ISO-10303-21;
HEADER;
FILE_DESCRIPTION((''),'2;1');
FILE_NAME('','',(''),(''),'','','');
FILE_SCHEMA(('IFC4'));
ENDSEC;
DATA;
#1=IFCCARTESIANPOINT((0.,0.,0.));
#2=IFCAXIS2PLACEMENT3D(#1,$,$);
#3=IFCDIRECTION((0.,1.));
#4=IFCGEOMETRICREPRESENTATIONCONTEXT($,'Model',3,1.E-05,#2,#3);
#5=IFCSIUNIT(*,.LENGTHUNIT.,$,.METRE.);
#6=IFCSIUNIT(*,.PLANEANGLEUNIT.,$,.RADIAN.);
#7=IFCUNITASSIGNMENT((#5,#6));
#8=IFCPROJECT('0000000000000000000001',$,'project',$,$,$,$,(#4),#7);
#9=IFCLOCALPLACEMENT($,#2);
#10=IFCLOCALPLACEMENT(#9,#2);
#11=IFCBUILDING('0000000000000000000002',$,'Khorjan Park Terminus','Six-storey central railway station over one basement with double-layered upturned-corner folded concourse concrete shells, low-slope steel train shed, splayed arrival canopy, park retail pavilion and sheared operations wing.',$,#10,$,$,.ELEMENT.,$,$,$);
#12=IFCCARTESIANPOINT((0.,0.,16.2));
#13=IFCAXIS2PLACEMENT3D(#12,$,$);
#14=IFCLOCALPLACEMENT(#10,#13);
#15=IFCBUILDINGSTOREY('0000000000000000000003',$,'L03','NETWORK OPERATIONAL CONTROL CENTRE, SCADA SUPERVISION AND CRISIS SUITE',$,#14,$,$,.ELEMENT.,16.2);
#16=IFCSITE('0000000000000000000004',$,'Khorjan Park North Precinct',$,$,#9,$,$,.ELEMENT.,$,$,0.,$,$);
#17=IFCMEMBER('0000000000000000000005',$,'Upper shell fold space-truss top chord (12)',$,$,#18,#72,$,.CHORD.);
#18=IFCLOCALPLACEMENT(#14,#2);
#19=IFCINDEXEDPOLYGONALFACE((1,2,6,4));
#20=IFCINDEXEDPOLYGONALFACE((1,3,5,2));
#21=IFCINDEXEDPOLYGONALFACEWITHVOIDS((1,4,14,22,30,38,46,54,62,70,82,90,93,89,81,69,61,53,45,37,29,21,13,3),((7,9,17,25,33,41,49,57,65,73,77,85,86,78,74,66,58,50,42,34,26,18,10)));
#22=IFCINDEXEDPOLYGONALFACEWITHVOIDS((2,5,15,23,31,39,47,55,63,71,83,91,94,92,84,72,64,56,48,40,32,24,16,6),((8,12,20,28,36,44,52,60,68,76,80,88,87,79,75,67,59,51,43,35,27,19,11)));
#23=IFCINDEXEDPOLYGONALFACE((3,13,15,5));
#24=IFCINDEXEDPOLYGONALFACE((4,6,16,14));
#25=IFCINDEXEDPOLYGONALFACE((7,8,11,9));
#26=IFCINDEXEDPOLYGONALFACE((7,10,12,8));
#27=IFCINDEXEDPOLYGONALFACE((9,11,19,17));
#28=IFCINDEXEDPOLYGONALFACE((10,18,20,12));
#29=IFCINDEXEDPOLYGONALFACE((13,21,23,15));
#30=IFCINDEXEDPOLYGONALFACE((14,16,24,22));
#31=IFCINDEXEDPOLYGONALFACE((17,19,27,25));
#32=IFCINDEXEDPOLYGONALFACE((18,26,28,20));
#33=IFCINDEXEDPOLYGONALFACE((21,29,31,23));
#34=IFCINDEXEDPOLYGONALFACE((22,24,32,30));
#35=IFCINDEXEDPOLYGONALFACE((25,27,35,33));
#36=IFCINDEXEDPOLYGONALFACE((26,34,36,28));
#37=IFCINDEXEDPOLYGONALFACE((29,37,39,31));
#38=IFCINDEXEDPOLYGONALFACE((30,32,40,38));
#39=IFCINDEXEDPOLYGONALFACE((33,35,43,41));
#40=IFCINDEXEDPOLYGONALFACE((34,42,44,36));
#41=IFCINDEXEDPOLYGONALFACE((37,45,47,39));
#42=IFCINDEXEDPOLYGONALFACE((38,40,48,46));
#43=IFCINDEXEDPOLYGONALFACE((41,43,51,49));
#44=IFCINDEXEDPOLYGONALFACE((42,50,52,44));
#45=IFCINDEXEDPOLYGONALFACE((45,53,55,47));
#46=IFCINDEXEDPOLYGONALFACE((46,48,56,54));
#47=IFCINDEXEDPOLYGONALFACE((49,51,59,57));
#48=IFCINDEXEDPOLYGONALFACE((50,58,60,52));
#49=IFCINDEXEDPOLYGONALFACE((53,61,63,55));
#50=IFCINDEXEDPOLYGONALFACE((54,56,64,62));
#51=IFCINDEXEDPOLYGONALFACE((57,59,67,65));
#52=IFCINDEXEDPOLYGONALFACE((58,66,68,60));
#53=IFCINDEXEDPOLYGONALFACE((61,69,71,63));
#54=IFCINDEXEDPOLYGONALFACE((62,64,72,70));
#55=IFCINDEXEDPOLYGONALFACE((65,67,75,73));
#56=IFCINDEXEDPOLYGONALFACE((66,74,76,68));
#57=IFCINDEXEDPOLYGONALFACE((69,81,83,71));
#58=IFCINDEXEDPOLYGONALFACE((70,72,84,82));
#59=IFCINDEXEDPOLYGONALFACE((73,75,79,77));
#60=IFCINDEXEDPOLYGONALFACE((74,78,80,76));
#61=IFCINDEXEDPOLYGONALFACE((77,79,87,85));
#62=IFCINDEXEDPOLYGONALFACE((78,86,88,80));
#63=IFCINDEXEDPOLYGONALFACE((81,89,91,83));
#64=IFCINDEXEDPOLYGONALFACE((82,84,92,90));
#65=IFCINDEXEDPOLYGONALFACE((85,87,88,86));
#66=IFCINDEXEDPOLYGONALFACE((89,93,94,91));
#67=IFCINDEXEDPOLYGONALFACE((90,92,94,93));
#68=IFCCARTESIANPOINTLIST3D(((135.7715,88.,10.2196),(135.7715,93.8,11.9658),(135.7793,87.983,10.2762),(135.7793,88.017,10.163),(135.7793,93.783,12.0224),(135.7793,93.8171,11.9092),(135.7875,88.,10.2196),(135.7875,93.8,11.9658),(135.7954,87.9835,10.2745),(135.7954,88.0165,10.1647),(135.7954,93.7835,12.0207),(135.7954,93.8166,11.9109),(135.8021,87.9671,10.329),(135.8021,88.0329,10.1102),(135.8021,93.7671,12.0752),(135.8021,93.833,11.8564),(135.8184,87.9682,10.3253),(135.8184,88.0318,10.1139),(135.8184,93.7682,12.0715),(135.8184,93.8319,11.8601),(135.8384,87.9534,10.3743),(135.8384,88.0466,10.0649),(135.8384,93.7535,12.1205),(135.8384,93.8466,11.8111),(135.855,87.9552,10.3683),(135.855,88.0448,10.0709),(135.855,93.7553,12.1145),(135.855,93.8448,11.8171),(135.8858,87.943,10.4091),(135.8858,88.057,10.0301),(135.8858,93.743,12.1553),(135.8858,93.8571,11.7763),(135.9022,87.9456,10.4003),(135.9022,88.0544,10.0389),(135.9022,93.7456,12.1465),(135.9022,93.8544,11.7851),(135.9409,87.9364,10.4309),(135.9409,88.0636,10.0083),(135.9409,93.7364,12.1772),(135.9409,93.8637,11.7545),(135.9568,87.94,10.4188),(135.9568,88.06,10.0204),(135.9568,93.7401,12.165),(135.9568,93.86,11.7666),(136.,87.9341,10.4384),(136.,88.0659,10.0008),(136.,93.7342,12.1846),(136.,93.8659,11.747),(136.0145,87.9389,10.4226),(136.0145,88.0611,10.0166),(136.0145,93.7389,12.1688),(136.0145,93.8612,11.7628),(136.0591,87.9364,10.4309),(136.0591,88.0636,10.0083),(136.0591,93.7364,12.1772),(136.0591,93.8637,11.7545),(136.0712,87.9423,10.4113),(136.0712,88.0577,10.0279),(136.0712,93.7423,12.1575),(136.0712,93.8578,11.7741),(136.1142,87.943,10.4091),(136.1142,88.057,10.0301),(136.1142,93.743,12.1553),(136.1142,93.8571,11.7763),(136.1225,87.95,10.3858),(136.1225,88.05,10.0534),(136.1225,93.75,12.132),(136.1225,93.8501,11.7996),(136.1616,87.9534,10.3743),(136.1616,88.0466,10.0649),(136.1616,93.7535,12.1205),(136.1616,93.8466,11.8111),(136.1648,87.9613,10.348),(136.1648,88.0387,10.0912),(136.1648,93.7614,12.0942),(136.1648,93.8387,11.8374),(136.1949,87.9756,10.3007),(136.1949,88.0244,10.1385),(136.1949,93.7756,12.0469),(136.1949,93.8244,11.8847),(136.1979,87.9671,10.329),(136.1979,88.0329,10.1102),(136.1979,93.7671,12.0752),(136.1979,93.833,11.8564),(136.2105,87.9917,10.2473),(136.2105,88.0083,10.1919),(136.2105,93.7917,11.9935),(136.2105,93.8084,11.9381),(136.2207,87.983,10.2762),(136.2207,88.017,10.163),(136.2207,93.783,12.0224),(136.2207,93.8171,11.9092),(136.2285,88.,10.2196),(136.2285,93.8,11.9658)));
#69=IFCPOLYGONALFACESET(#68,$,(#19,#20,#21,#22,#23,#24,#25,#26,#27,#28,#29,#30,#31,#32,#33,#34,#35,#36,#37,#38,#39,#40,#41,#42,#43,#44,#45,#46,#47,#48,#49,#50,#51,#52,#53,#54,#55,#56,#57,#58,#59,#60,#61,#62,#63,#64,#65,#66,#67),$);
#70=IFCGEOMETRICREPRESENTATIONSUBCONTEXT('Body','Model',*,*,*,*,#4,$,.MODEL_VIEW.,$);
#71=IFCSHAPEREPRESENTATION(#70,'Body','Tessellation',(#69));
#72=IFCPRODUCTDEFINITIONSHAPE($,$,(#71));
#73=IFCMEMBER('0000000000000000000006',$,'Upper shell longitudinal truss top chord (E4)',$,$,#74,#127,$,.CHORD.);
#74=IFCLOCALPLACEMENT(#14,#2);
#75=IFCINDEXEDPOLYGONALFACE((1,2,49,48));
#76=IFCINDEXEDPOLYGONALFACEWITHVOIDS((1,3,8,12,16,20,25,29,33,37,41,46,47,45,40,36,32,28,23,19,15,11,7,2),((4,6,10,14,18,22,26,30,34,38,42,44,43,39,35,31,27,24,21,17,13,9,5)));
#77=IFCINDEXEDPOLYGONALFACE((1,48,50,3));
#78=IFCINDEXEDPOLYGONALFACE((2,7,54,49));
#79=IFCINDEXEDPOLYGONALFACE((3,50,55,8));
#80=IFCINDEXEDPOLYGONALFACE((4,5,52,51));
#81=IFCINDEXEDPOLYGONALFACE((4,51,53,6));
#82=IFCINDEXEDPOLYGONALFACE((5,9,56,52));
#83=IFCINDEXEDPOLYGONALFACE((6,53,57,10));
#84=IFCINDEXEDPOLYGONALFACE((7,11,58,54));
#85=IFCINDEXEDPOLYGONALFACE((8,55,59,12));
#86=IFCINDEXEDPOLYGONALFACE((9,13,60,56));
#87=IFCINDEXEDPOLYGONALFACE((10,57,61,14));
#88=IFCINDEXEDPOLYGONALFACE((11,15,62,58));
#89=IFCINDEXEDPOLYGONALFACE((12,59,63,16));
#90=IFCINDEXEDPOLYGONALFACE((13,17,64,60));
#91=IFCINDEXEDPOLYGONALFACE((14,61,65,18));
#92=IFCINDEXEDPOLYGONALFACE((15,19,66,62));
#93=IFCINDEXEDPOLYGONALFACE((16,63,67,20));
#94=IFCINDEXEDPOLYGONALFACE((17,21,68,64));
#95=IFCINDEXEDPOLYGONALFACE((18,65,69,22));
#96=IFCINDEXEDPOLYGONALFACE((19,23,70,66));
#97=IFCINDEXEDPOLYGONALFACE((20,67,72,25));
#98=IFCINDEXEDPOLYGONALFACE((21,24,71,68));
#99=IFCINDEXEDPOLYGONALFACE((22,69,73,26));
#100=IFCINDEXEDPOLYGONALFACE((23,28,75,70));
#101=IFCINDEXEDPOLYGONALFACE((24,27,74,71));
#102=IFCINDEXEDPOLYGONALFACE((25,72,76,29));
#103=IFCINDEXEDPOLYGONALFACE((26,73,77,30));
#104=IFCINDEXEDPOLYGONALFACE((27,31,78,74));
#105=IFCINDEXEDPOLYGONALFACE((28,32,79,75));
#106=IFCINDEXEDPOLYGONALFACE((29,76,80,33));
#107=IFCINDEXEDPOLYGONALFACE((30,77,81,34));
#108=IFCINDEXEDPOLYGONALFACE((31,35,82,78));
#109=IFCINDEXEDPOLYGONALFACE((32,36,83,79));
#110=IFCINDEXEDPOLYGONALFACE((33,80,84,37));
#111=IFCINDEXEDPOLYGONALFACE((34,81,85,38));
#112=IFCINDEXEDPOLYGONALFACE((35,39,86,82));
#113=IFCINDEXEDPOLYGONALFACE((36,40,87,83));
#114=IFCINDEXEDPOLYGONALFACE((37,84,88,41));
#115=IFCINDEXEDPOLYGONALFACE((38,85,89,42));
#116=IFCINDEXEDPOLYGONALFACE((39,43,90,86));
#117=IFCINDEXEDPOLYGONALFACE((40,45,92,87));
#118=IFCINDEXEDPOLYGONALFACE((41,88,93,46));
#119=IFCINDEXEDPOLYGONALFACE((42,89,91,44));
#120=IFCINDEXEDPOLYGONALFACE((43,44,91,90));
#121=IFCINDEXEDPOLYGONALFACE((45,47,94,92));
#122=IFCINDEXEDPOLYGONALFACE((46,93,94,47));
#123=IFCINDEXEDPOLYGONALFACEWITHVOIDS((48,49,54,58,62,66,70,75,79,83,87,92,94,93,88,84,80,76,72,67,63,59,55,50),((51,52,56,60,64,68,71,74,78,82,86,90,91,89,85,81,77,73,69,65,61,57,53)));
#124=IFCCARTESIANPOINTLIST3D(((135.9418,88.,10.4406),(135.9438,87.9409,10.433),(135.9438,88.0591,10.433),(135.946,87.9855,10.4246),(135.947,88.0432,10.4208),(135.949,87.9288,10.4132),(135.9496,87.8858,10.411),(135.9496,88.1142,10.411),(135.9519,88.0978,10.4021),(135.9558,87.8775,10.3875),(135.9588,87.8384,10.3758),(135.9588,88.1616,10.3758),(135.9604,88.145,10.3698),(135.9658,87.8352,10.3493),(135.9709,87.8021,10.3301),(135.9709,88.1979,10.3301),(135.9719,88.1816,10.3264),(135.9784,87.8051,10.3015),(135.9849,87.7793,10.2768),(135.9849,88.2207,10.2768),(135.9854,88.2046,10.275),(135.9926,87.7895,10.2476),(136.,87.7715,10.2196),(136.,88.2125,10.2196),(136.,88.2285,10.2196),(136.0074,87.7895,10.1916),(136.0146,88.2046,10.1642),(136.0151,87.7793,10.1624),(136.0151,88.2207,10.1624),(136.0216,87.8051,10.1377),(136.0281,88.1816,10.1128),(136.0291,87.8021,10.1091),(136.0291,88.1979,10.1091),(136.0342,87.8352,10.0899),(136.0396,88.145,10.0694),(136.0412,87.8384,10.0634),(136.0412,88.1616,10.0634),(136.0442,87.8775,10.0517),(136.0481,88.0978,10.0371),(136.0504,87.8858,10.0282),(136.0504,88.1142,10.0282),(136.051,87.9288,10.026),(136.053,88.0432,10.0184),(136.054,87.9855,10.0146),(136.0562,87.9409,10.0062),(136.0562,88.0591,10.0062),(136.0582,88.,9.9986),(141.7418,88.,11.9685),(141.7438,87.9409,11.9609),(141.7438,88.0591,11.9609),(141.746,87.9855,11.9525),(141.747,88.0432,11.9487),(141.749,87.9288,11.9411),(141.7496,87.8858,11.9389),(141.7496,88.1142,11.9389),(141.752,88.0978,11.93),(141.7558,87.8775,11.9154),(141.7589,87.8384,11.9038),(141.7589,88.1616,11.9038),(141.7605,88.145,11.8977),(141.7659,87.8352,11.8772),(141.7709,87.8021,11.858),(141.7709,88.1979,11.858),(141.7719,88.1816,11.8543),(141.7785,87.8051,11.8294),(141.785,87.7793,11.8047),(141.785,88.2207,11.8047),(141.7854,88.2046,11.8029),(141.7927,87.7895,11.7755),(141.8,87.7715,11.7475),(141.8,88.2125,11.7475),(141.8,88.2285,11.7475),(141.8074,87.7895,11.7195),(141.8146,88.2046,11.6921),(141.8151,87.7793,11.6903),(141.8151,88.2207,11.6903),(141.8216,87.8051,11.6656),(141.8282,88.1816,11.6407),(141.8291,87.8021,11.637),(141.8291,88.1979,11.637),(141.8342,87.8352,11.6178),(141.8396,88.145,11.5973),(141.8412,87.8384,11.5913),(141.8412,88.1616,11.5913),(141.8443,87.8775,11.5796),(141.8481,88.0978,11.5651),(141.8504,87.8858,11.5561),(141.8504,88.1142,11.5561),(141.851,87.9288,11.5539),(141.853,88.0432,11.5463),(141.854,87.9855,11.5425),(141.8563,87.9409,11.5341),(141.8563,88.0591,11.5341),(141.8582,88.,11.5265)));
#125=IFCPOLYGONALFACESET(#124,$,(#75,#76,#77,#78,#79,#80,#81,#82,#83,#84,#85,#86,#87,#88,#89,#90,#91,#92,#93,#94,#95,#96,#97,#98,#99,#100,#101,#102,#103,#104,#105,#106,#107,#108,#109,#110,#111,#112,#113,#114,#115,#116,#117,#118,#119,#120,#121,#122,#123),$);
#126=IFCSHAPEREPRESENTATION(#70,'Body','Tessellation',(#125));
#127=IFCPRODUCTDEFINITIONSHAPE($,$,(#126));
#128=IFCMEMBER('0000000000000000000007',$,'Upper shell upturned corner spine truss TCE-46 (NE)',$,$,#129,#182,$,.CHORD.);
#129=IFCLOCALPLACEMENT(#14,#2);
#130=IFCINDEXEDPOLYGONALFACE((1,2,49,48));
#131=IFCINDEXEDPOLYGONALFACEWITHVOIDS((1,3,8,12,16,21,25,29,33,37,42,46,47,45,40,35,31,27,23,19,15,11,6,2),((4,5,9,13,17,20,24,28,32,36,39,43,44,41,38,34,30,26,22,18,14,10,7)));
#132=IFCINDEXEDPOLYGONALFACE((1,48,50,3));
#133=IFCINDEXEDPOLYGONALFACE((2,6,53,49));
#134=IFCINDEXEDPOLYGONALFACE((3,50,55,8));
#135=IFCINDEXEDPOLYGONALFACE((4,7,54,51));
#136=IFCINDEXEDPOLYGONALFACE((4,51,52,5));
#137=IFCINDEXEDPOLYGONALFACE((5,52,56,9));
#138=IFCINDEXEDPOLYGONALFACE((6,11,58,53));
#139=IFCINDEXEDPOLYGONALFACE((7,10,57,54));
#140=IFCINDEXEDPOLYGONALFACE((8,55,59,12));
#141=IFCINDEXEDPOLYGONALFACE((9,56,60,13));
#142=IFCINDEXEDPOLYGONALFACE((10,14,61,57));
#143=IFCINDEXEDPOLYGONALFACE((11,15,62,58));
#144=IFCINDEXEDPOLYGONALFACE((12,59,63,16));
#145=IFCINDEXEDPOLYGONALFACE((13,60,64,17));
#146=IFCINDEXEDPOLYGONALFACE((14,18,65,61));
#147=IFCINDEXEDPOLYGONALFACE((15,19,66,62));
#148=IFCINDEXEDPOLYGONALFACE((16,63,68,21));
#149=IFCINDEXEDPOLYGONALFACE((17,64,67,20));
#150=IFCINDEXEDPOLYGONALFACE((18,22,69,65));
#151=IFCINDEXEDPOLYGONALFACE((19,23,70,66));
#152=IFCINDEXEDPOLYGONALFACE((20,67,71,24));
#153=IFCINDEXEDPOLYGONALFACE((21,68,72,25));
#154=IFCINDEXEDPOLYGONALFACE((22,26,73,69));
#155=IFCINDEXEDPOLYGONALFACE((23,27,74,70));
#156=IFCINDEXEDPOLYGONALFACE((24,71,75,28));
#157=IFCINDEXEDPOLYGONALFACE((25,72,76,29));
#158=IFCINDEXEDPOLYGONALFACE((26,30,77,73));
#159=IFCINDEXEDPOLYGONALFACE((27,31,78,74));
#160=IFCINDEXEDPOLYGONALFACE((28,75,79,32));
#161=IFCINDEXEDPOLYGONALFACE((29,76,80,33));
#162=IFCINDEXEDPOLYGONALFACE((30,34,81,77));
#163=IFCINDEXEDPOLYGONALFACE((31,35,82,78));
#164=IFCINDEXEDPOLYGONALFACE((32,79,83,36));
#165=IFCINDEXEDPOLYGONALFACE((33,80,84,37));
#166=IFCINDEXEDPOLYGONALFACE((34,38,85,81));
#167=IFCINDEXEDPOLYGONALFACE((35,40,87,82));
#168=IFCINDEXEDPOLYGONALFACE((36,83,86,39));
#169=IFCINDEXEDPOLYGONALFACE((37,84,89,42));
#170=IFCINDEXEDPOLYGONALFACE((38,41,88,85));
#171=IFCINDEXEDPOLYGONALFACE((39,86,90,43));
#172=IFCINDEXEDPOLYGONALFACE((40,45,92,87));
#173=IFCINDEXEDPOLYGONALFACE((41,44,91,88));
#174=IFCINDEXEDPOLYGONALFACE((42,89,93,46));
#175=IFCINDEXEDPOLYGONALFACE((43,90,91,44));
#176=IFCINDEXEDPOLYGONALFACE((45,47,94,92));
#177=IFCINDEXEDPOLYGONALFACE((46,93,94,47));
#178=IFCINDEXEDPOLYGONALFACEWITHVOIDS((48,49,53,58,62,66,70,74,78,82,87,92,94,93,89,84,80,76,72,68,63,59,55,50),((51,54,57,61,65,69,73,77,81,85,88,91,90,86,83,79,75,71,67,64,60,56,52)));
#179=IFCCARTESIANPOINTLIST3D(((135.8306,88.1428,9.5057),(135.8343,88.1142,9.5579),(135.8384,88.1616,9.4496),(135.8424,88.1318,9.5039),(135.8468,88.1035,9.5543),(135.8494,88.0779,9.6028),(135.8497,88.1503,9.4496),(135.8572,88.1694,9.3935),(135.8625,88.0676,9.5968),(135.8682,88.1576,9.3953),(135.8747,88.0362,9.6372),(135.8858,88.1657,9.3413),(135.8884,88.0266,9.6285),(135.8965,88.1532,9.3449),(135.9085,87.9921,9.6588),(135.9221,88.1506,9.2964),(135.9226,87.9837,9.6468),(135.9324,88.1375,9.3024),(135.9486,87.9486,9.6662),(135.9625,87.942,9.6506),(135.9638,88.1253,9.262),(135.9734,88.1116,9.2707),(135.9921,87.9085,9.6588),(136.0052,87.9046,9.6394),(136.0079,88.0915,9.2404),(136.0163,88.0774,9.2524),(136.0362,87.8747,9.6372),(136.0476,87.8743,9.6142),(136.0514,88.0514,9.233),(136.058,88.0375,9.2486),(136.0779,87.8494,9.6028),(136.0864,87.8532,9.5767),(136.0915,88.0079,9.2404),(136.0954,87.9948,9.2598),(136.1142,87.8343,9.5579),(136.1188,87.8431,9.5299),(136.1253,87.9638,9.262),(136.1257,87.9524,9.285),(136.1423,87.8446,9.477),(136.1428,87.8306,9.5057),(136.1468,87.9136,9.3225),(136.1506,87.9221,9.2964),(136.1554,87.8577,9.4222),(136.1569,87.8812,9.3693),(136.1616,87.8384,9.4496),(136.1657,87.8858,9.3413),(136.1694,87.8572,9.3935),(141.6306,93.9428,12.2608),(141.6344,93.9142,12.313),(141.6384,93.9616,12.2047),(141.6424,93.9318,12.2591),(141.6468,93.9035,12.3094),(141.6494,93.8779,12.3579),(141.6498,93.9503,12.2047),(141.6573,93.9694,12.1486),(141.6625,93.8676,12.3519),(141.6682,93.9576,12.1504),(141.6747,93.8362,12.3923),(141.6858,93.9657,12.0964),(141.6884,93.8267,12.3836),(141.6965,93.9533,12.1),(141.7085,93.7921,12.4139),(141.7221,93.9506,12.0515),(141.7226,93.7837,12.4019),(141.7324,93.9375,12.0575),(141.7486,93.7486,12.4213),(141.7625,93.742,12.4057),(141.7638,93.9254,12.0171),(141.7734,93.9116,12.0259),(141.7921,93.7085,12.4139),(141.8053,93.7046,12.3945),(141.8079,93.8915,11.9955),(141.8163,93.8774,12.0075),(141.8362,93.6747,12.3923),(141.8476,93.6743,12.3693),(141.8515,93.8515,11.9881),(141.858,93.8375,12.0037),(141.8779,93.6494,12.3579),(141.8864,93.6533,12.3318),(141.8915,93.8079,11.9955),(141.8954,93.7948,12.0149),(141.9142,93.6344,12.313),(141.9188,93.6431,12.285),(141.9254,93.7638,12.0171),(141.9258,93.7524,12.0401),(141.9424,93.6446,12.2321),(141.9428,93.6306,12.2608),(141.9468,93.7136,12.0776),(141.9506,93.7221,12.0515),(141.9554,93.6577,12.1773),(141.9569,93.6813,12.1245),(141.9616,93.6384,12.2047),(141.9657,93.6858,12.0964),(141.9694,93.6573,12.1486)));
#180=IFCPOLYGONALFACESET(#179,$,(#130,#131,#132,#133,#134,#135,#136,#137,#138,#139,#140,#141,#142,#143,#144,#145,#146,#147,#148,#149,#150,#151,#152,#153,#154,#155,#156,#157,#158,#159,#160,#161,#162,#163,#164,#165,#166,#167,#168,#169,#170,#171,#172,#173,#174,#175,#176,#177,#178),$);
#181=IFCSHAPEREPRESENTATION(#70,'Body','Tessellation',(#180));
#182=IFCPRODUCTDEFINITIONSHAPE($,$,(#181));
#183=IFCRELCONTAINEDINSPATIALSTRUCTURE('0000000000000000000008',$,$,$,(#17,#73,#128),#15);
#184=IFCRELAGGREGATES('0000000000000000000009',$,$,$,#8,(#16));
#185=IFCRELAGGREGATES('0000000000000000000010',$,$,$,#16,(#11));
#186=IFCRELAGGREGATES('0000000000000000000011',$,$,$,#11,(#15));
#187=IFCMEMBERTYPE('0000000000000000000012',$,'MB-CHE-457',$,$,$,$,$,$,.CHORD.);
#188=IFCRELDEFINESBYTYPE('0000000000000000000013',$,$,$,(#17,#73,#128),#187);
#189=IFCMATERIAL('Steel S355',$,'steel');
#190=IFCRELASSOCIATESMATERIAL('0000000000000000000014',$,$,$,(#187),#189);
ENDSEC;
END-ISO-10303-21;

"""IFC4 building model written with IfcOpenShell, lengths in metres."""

from ifc_helpers import new_model, si_unit, direction, frame, origin, origin_2d, place, context, subcontext, project, spatial, hollow_circle, extrude, material, material_profile, profile_set, type_object, element, save


model = new_model("IFC4")

# Units and contexts
model_context = context("Model", 3, precision=1e-05, world=origin(), true_north=direction((0.0, 1.0)))
body_context = subcontext(model_context, "Body", "Model", "MODEL_VIEW")
ifc_project = project(units=[si_unit("LENGTHUNIT", "METRE"), si_unit("PLANEANGLEUNIT", "RADIAN")], contexts=[model_context])

# Site, building, storey
site_placement = place(None, origin())
site = spatial("IfcSite", under=ifc_project, at=site_placement, Name="Khorjan Park North Precinct", CompositionType="ELEMENT", RefElevation=0.0)
building_placement = place(site_placement, origin())
building = spatial("IfcBuilding", under=site, at=building_placement, Name="Khorjan Park Terminus", Description="Six-storey central railway station over one basement with double-layered upturned-corner folded concourse concrete shells, low-slope steel train shed, splayed arrival canopy, park retail pavilion and sheared operations wing.", CompositionType="ELEMENT")
storey_placement = place(building_placement, frame((0.0, 0.0, 16.2)))
storey = spatial("IfcBuildingStorey", under=building, at=storey_placement, Name="L03", Description="NETWORK OPERATIONAL CONTROL CENTRE, SCADA SUPERVISION AND CRISIS SUITE", CompositionType="ELEMENT", Elevation=16.2)

# Members
ifc_material_1 = material(Name="Steel S355", Category="steel")
ifc_material_profile_1 = material_profile(ifc_material_1, hollow_circle(Radius=0.2285, WallThickness=0.016, at=origin_2d()), Name="CHS 457x16")
ifc_profile_set_1 = profile_set([ifc_material_profile_1], Name="Steel S355")
member_type_1 = type_object("IfcMemberType", Name="MB-CHE-457", PredefinedType="CHORD", material=ifc_profile_set_1)
member_1_placement = place(storey_placement, frame((136.0, 88.0, 10.2196), z_axis=(0.0, 0.957544, 0.288287), x_axis=(-1.0, 0.0, 0.0)))
element("IfcMember", 1, at=member_1_placement, inside=storey, type_object=member_type_1, Name="Upper shell fold space-truss top chord (12)", PredefinedType="CHORD", context=body_context, shape_type="SweptSolid", body=[
    extrude(hollow_circle(Radius=0.2285, WallThickness=0.016, at=origin_2d()), origin(), (0.0, 0.0, 1.0), 6.0572),
])
member_2_placement = place(storey_placement, frame((136.0, 88.0, 10.2196), z_axis=(0.967009, 0.0, 0.25474), x_axis=(0.0, 1.0, 0.0)))
element("IfcMember", 2, at=member_2_placement, inside=storey, type_object=member_type_1, Name="Upper shell longitudinal truss top chord (E4)", PredefinedType="CHORD", context=body_context, shape_type="SweptSolid", body=[
    extrude(hollow_circle(Radius=0.2285, WallThickness=0.016, at=origin_2d()), origin(), (0.0, 0.0, 1.0), 5.9979),
])
member_3_placement = place(storey_placement, frame((136.0, 88.0, 9.4496), z_axis=(0.670305, 0.670305, 0.318406), x_axis=(-0.707107, 0.707107, 0.0)))
element("IfcMember", 3, at=member_3_placement, inside=storey, type_object=member_type_1, Name="Upper shell upturned corner spine truss TCE-46 (NE)", PredefinedType="CHORD", context=body_context, shape_type="SweptSolid", body=[
    extrude(hollow_circle(Radius=0.2285, WallThickness=0.016, at=origin_2d()), origin(), (0.0, 0.0, 1.0), 8.6528),
])

save(model, "model.ifc")
